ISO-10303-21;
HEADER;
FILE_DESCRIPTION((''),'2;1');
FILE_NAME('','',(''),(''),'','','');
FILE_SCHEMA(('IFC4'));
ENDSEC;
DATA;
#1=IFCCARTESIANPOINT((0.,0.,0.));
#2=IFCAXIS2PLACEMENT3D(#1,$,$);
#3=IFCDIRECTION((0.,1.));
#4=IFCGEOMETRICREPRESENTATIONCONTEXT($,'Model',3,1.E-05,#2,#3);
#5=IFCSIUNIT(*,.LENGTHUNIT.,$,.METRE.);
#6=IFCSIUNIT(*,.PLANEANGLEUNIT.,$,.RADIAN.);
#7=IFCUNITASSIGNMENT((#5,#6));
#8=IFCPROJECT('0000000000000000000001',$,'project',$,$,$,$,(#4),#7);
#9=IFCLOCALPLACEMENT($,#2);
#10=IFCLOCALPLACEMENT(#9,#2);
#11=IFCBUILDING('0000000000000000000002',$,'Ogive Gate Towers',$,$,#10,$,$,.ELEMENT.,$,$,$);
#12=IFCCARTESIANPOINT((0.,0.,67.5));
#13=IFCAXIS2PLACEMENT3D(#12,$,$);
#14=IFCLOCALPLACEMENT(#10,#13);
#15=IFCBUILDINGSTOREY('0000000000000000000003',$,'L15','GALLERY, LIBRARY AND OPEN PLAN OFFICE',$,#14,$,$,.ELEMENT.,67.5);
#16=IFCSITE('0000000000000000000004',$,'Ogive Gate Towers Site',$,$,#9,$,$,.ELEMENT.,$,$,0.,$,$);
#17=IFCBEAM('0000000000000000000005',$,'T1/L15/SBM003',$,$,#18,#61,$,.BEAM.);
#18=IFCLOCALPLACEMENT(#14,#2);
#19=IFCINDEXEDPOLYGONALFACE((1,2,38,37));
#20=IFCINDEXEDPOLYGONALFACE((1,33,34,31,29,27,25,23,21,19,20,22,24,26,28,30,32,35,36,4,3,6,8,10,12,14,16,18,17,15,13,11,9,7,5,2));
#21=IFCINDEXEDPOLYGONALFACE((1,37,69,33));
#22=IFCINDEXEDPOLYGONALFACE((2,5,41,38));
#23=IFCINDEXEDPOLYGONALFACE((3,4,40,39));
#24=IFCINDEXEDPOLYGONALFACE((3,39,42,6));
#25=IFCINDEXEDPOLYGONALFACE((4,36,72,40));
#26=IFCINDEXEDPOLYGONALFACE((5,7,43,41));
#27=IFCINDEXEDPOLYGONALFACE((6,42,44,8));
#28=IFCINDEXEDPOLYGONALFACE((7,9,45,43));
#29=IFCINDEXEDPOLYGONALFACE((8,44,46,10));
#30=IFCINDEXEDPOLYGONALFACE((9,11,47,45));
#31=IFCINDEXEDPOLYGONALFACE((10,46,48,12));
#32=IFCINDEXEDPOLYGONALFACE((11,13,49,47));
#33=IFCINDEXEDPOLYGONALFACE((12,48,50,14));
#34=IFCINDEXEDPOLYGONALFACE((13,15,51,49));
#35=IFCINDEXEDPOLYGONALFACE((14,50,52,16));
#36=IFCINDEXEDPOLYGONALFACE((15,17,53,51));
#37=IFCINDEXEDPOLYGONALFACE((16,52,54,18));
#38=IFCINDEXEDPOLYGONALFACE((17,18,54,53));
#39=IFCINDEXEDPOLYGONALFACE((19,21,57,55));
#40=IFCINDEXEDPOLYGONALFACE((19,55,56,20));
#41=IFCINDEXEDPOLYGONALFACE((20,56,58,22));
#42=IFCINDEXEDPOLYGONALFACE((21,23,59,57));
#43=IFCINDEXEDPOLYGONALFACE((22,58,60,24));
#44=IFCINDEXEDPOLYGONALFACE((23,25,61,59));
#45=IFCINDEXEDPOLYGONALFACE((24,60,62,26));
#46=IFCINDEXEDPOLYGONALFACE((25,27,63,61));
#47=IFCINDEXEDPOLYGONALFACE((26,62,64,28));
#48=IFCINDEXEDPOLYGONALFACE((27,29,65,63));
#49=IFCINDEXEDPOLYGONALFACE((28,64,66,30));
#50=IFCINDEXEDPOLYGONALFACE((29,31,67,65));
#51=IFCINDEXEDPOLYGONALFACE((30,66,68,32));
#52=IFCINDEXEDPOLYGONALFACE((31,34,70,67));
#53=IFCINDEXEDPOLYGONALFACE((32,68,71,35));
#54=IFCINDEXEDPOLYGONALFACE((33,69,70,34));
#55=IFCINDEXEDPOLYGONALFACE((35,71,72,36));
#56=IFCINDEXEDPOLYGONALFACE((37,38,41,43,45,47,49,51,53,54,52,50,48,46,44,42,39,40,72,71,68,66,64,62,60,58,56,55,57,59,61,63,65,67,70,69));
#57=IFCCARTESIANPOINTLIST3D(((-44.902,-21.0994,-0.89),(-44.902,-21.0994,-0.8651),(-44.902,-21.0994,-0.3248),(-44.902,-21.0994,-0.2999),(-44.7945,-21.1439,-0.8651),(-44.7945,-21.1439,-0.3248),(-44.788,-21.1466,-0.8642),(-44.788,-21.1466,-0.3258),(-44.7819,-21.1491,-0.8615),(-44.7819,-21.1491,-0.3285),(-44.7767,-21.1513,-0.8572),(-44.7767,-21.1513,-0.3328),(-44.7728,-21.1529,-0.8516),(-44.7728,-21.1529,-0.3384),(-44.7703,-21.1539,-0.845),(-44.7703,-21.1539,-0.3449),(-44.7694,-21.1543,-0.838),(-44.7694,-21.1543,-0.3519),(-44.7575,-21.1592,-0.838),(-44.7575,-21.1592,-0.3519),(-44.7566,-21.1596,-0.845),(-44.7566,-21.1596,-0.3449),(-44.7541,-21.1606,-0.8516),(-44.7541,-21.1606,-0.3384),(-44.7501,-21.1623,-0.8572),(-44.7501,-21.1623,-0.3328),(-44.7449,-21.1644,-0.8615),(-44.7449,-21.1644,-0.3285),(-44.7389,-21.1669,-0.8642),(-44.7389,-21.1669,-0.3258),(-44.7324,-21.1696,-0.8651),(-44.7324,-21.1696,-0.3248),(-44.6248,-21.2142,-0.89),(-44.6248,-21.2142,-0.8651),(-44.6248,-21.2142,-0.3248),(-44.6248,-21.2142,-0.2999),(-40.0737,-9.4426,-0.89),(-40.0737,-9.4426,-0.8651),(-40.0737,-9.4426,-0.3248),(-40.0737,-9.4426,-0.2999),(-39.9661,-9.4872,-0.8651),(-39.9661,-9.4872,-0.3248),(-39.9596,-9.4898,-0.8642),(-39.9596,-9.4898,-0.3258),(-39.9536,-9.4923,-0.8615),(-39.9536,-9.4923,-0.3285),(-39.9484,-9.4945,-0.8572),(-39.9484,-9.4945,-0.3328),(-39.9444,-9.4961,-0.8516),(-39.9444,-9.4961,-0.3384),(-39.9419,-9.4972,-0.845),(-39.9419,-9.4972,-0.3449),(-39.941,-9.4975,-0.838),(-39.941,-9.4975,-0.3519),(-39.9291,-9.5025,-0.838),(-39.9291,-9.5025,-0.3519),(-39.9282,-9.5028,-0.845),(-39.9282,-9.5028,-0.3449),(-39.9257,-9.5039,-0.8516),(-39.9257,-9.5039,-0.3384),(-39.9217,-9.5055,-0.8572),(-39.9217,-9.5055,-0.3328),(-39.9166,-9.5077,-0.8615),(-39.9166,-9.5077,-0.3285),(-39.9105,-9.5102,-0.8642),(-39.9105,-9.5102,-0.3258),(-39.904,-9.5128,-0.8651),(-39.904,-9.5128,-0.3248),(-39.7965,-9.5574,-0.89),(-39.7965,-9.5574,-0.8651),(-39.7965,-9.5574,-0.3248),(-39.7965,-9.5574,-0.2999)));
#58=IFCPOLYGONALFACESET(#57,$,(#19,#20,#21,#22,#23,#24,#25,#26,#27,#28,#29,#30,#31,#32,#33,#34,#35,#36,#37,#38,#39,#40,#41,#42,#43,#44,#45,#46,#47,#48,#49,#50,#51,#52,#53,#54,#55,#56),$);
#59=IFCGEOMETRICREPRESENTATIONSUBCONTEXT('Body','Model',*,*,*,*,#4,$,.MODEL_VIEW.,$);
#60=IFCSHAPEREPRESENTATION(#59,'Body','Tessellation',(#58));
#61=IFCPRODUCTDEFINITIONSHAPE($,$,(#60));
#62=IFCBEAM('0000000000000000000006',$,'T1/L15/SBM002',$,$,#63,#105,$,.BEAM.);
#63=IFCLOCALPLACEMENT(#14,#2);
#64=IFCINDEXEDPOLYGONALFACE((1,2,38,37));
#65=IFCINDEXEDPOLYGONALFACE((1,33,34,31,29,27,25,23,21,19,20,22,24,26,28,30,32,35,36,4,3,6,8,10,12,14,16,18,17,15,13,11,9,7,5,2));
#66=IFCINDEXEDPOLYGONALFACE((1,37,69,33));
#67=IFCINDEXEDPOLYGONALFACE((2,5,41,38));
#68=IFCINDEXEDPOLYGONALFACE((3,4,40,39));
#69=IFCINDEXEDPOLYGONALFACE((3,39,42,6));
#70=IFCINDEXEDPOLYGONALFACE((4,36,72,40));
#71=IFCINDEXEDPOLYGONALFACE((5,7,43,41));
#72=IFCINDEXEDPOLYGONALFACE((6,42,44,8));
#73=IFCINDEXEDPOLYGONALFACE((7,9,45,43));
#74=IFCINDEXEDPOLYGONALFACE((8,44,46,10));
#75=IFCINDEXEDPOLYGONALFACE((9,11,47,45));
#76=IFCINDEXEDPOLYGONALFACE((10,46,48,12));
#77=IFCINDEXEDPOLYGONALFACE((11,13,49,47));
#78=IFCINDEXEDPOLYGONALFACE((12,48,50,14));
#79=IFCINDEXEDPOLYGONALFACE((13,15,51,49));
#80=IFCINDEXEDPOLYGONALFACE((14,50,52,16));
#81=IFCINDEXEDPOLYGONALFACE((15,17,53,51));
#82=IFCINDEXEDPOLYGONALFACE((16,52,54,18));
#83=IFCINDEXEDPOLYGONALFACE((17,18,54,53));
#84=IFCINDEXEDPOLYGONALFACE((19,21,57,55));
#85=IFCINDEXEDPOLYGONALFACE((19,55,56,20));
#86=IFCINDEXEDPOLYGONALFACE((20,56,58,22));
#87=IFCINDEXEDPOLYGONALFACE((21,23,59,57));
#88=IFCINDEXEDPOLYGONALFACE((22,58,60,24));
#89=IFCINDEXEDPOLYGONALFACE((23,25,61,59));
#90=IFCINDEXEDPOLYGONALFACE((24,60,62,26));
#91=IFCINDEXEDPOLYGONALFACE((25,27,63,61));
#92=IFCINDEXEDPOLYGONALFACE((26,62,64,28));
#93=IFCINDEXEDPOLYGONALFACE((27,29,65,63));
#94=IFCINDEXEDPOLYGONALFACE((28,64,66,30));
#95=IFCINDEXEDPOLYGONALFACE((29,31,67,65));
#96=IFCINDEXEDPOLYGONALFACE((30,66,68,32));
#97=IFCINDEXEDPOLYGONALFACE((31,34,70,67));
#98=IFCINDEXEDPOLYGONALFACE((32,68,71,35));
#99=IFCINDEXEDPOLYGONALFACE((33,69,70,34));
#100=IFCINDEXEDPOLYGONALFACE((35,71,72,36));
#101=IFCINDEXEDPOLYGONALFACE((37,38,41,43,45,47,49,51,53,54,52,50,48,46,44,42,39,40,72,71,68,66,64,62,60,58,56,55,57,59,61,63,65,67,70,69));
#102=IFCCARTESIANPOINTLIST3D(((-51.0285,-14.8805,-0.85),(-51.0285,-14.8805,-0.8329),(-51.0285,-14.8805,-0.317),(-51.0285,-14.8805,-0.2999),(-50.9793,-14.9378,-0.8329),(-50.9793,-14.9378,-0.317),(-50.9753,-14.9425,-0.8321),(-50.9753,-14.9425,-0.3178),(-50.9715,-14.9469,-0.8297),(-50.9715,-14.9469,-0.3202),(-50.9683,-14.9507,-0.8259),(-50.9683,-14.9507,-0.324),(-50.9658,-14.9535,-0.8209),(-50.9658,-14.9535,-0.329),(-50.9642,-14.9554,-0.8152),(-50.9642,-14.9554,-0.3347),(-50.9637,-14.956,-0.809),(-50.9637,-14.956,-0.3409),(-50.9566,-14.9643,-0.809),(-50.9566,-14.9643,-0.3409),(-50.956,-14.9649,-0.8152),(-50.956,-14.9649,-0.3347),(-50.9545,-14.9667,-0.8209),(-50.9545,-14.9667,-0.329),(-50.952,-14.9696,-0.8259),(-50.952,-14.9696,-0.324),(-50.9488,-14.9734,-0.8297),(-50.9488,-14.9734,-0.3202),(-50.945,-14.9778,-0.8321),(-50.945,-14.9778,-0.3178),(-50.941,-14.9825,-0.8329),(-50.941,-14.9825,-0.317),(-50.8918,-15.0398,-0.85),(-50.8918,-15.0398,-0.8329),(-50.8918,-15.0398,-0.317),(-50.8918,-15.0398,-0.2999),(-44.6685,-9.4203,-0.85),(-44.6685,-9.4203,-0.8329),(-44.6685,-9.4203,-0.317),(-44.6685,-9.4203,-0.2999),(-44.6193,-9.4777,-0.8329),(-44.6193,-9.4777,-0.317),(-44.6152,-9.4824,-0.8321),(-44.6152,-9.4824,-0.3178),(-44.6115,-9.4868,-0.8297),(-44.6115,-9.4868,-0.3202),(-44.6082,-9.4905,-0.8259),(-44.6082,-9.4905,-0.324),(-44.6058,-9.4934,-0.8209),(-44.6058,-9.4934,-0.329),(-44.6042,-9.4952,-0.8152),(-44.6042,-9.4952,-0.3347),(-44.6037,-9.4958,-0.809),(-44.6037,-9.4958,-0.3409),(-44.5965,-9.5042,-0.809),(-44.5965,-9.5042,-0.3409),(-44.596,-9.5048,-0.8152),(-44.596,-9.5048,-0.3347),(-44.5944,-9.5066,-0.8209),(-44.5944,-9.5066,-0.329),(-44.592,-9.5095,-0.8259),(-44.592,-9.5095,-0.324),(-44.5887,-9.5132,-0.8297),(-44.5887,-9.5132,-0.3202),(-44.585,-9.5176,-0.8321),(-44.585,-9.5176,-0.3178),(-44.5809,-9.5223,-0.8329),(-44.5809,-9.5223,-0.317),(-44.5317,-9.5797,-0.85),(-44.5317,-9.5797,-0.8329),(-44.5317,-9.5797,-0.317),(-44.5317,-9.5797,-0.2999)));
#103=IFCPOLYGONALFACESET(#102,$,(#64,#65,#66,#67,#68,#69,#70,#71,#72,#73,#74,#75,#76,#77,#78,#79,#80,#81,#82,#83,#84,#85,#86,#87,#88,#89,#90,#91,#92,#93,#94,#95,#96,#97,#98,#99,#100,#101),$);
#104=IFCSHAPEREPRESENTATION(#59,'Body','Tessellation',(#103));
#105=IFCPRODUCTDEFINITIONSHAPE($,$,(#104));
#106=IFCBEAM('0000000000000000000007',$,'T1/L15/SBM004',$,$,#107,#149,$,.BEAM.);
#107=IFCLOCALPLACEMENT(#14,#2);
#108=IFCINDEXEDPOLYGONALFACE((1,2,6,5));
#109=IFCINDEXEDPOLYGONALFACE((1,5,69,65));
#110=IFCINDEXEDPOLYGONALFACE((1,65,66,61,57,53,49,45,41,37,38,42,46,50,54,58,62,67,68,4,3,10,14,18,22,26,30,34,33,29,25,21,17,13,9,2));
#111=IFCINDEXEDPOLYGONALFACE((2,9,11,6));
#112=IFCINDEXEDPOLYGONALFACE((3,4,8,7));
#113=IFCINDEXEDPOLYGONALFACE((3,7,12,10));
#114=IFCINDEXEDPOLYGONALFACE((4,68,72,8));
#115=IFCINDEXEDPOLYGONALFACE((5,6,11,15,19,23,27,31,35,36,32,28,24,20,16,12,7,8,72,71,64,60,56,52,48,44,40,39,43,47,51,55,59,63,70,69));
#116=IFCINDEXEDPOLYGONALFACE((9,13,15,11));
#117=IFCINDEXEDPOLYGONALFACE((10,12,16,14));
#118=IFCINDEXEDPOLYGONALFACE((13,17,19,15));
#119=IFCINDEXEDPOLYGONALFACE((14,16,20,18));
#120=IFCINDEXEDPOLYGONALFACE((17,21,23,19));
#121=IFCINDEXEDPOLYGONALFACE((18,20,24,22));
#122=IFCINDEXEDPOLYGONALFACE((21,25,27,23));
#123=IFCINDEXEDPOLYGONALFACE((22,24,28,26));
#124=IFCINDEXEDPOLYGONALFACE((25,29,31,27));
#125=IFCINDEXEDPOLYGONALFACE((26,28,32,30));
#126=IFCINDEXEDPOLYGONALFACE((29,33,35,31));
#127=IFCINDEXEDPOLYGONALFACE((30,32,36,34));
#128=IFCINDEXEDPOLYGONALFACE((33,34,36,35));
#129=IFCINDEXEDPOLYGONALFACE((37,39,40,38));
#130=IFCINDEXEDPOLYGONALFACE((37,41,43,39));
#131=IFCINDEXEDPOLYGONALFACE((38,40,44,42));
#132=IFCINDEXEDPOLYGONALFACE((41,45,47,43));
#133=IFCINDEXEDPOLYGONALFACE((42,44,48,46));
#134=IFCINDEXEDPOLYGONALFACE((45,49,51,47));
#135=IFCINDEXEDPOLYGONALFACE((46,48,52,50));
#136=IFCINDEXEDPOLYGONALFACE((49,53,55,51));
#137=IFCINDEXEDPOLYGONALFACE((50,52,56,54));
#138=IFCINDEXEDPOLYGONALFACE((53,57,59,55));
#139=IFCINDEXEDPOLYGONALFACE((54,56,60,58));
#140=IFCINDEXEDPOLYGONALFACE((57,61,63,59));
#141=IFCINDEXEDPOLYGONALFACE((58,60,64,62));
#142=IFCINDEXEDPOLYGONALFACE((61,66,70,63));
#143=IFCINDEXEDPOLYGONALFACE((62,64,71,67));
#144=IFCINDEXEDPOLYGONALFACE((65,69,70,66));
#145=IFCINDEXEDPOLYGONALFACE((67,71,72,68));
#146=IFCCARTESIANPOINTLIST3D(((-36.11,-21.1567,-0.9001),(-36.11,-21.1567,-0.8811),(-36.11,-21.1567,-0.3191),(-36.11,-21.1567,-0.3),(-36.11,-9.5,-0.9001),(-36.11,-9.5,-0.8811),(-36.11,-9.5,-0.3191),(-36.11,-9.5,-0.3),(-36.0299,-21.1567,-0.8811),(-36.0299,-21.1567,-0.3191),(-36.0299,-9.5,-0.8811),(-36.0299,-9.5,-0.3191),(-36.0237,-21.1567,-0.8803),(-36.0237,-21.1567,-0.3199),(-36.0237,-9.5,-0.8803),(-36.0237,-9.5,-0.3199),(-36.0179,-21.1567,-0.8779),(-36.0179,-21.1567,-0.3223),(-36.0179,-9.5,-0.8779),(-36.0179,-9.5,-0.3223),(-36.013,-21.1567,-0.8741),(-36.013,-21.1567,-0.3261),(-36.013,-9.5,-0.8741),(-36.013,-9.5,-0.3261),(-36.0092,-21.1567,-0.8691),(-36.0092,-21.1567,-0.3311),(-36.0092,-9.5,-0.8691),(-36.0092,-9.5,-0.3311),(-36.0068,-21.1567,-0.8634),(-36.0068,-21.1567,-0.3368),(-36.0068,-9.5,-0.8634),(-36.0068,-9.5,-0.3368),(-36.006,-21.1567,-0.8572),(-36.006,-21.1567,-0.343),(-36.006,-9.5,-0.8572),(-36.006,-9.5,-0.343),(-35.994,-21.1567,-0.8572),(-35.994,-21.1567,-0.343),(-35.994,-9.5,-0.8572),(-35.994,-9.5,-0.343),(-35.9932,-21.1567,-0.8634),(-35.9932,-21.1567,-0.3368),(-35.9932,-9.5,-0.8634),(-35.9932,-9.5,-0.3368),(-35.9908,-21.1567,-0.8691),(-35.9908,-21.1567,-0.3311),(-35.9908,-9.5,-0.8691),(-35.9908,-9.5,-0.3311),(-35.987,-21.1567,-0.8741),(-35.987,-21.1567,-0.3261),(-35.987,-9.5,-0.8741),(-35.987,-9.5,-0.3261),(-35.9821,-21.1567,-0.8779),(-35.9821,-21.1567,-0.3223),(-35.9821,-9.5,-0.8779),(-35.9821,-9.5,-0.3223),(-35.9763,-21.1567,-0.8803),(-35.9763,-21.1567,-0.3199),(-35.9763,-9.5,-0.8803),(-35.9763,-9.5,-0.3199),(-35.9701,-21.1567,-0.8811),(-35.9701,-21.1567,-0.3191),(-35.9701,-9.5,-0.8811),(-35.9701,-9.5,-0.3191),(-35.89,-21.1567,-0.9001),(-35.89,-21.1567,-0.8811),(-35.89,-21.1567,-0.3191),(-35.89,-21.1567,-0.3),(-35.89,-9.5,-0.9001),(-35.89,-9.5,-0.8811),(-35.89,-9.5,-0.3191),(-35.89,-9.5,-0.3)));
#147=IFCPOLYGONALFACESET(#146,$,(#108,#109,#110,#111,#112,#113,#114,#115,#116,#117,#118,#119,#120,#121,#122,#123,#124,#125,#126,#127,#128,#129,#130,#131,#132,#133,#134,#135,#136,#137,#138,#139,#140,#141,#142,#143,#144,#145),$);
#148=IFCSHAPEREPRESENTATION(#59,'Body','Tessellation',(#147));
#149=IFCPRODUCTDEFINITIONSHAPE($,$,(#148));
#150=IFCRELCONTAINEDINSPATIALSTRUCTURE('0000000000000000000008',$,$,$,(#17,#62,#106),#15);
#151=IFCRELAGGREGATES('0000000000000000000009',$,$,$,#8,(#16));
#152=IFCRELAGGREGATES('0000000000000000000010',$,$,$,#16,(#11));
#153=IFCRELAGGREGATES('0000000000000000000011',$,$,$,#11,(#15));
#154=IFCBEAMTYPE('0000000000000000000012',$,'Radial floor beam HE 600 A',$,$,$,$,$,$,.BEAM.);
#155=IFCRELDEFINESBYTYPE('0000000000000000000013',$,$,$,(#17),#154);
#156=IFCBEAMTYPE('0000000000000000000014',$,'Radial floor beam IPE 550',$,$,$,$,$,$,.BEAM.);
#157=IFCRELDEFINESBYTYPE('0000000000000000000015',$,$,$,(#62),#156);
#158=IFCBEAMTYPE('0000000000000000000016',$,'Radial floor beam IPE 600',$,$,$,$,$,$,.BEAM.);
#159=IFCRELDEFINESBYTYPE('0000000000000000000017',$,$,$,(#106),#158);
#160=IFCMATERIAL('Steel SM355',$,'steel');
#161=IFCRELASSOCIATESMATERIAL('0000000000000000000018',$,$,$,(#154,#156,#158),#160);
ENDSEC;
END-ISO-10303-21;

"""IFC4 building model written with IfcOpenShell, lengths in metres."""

from ifc_helpers import new_model, si_unit, direction, frame, origin, origin_2d, place, context, subcontext, project, spatial, i_section, extrude, material, material_profile, profile_set, type_object, element, save


model = new_model("IFC4")

# Units and contexts
model_context = context("Model", 3, precision=1e-05, world=origin(), true_north=direction((0.0, 1.0)))
body_context = subcontext(model_context, "Body", "Model", "MODEL_VIEW")
ifc_project = project(units=[si_unit("LENGTHUNIT", "METRE"), si_unit("PLANEANGLEUNIT", "RADIAN")], contexts=[model_context])

# Site, building, storey
site_placement = place(None, origin())
site = spatial("IfcSite", under=ifc_project, at=site_placement, Name="Ogive Gate Towers Site", CompositionType="ELEMENT", RefElevation=0.0)
building_placement = place(site_placement, origin())
building = spatial("IfcBuilding", under=site, at=building_placement, Name="Ogive Gate Towers", CompositionType="ELEMENT")
storey_placement = place(building_placement, frame((0.0, 0.0, 67.5)))
storey = spatial("IfcBuildingStorey", under=building, at=storey_placement, Name="L15", Description="GALLERY, LIBRARY AND OPEN PLAN OFFICE", CompositionType="ELEMENT", Elevation=67.5)

# Beams
ifc_material_1 = material(Name="Steel SM355", Category="steel")
ifc_material_profile_1 = material_profile(ifc_material_1, i_section(OverallWidth=0.3, OverallDepth=0.5901, WebThickness=0.0129, FlangeThickness=0.0249, FilletRadius=0.0271, at=origin_2d()), Name="HE 600 A")
ifc_profile_set_1 = profile_set([ifc_material_profile_1], Name="Steel SM355")
beam_type_1 = type_object("IfcBeamType", Name="Radial floor beam HE 600 A", PredefinedType="BEAM", material=ifc_profile_set_1)
beam_1_placement = place(storey_placement, frame((-39.9351, -9.5, -0.595), z_axis=(-0.382683, -0.92388, 0.0), x_axis=(0.92388, -0.382683, 0.0)))
element("IfcBeam", 1, at=beam_1_placement, inside=storey, type_object=beam_type_1, Name="T1/L15/SBM003", PredefinedType="BEAM", context=body_context, shape_type="SweptSolid", body=[
    extrude(i_section(OverallWidth=0.3, OverallDepth=0.5901, WebThickness=0.0129, FlangeThickness=0.0249, FilletRadius=0.0271, at=origin_2d()), origin(), (0.0, 0.0, 1.0), 12.6172),
])
ifc_material_profile_2 = material_profile(ifc_material_1, i_section(OverallWidth=0.21, OverallDepth=0.55, WebThickness=0.011, FlangeThickness=0.0171, FilletRadius=0.0239, at=origin_2d()), Name="IPE 550")
ifc_profile_set_2 = profile_set([ifc_material_profile_2], Name="Steel SM355")
beam_type_2 = type_object("IfcBeamType", Name="Radial floor beam IPE 550", PredefinedType="BEAM", material=ifc_profile_set_2)
beam_2_placement = place(storey_placement, frame((-44.6001, -9.5, -0.575), z_axis=(-0.758744, -0.651388, 0.0), x_axis=(0.651388, -0.758744, 0.0)))
element("IfcBeam", 2, at=beam_2_placement, inside=storey, type_object=beam_type_2, Name="T1/L15/SBM002", PredefinedType="BEAM", context=body_context, shape_type="SweptSolid", body=[
    extrude(i_section(OverallWidth=0.21, OverallDepth=0.55, WebThickness=0.011, FlangeThickness=0.0171, FilletRadius=0.0239, at=origin_2d()), origin(), (0.0, 0.0, 1.0), 8.3823),
])
ifc_material_profile_3 = material_profile(ifc_material_1, i_section(OverallWidth=0.22, OverallDepth=0.6001, WebThickness=0.012, FlangeThickness=0.019, FilletRadius=0.0239, at=origin_2d()), Name="IPE 600")
ifc_profile_set_3 = profile_set([ifc_material_profile_3], Name="Steel SM355")
beam_type_3 = type_object("IfcBeamType", Name="Radial floor beam IPE 600", PredefinedType="BEAM", material=ifc_profile_set_3)
beam_3_placement = place(storey_placement, frame((-36.0, -9.5, -0.6001), z_axis=(0.0, -1.0, 0.0), x_axis=(1.0, 0.0, 0.0)))
element("IfcBeam", 3, at=beam_3_placement, inside=storey, type_object=beam_type_3, Name="T1/L15/SBM004", PredefinedType="BEAM", context=body_context, shape_type="SweptSolid", body=[
    extrude(i_section(OverallWidth=0.22, OverallDepth=0.6001, WebThickness=0.012, FlangeThickness=0.019, FilletRadius=0.0239, at=origin_2d()), origin(), (0.0, 0.0, 1.0), 11.6567),
])

save(model, "model.ifc")
